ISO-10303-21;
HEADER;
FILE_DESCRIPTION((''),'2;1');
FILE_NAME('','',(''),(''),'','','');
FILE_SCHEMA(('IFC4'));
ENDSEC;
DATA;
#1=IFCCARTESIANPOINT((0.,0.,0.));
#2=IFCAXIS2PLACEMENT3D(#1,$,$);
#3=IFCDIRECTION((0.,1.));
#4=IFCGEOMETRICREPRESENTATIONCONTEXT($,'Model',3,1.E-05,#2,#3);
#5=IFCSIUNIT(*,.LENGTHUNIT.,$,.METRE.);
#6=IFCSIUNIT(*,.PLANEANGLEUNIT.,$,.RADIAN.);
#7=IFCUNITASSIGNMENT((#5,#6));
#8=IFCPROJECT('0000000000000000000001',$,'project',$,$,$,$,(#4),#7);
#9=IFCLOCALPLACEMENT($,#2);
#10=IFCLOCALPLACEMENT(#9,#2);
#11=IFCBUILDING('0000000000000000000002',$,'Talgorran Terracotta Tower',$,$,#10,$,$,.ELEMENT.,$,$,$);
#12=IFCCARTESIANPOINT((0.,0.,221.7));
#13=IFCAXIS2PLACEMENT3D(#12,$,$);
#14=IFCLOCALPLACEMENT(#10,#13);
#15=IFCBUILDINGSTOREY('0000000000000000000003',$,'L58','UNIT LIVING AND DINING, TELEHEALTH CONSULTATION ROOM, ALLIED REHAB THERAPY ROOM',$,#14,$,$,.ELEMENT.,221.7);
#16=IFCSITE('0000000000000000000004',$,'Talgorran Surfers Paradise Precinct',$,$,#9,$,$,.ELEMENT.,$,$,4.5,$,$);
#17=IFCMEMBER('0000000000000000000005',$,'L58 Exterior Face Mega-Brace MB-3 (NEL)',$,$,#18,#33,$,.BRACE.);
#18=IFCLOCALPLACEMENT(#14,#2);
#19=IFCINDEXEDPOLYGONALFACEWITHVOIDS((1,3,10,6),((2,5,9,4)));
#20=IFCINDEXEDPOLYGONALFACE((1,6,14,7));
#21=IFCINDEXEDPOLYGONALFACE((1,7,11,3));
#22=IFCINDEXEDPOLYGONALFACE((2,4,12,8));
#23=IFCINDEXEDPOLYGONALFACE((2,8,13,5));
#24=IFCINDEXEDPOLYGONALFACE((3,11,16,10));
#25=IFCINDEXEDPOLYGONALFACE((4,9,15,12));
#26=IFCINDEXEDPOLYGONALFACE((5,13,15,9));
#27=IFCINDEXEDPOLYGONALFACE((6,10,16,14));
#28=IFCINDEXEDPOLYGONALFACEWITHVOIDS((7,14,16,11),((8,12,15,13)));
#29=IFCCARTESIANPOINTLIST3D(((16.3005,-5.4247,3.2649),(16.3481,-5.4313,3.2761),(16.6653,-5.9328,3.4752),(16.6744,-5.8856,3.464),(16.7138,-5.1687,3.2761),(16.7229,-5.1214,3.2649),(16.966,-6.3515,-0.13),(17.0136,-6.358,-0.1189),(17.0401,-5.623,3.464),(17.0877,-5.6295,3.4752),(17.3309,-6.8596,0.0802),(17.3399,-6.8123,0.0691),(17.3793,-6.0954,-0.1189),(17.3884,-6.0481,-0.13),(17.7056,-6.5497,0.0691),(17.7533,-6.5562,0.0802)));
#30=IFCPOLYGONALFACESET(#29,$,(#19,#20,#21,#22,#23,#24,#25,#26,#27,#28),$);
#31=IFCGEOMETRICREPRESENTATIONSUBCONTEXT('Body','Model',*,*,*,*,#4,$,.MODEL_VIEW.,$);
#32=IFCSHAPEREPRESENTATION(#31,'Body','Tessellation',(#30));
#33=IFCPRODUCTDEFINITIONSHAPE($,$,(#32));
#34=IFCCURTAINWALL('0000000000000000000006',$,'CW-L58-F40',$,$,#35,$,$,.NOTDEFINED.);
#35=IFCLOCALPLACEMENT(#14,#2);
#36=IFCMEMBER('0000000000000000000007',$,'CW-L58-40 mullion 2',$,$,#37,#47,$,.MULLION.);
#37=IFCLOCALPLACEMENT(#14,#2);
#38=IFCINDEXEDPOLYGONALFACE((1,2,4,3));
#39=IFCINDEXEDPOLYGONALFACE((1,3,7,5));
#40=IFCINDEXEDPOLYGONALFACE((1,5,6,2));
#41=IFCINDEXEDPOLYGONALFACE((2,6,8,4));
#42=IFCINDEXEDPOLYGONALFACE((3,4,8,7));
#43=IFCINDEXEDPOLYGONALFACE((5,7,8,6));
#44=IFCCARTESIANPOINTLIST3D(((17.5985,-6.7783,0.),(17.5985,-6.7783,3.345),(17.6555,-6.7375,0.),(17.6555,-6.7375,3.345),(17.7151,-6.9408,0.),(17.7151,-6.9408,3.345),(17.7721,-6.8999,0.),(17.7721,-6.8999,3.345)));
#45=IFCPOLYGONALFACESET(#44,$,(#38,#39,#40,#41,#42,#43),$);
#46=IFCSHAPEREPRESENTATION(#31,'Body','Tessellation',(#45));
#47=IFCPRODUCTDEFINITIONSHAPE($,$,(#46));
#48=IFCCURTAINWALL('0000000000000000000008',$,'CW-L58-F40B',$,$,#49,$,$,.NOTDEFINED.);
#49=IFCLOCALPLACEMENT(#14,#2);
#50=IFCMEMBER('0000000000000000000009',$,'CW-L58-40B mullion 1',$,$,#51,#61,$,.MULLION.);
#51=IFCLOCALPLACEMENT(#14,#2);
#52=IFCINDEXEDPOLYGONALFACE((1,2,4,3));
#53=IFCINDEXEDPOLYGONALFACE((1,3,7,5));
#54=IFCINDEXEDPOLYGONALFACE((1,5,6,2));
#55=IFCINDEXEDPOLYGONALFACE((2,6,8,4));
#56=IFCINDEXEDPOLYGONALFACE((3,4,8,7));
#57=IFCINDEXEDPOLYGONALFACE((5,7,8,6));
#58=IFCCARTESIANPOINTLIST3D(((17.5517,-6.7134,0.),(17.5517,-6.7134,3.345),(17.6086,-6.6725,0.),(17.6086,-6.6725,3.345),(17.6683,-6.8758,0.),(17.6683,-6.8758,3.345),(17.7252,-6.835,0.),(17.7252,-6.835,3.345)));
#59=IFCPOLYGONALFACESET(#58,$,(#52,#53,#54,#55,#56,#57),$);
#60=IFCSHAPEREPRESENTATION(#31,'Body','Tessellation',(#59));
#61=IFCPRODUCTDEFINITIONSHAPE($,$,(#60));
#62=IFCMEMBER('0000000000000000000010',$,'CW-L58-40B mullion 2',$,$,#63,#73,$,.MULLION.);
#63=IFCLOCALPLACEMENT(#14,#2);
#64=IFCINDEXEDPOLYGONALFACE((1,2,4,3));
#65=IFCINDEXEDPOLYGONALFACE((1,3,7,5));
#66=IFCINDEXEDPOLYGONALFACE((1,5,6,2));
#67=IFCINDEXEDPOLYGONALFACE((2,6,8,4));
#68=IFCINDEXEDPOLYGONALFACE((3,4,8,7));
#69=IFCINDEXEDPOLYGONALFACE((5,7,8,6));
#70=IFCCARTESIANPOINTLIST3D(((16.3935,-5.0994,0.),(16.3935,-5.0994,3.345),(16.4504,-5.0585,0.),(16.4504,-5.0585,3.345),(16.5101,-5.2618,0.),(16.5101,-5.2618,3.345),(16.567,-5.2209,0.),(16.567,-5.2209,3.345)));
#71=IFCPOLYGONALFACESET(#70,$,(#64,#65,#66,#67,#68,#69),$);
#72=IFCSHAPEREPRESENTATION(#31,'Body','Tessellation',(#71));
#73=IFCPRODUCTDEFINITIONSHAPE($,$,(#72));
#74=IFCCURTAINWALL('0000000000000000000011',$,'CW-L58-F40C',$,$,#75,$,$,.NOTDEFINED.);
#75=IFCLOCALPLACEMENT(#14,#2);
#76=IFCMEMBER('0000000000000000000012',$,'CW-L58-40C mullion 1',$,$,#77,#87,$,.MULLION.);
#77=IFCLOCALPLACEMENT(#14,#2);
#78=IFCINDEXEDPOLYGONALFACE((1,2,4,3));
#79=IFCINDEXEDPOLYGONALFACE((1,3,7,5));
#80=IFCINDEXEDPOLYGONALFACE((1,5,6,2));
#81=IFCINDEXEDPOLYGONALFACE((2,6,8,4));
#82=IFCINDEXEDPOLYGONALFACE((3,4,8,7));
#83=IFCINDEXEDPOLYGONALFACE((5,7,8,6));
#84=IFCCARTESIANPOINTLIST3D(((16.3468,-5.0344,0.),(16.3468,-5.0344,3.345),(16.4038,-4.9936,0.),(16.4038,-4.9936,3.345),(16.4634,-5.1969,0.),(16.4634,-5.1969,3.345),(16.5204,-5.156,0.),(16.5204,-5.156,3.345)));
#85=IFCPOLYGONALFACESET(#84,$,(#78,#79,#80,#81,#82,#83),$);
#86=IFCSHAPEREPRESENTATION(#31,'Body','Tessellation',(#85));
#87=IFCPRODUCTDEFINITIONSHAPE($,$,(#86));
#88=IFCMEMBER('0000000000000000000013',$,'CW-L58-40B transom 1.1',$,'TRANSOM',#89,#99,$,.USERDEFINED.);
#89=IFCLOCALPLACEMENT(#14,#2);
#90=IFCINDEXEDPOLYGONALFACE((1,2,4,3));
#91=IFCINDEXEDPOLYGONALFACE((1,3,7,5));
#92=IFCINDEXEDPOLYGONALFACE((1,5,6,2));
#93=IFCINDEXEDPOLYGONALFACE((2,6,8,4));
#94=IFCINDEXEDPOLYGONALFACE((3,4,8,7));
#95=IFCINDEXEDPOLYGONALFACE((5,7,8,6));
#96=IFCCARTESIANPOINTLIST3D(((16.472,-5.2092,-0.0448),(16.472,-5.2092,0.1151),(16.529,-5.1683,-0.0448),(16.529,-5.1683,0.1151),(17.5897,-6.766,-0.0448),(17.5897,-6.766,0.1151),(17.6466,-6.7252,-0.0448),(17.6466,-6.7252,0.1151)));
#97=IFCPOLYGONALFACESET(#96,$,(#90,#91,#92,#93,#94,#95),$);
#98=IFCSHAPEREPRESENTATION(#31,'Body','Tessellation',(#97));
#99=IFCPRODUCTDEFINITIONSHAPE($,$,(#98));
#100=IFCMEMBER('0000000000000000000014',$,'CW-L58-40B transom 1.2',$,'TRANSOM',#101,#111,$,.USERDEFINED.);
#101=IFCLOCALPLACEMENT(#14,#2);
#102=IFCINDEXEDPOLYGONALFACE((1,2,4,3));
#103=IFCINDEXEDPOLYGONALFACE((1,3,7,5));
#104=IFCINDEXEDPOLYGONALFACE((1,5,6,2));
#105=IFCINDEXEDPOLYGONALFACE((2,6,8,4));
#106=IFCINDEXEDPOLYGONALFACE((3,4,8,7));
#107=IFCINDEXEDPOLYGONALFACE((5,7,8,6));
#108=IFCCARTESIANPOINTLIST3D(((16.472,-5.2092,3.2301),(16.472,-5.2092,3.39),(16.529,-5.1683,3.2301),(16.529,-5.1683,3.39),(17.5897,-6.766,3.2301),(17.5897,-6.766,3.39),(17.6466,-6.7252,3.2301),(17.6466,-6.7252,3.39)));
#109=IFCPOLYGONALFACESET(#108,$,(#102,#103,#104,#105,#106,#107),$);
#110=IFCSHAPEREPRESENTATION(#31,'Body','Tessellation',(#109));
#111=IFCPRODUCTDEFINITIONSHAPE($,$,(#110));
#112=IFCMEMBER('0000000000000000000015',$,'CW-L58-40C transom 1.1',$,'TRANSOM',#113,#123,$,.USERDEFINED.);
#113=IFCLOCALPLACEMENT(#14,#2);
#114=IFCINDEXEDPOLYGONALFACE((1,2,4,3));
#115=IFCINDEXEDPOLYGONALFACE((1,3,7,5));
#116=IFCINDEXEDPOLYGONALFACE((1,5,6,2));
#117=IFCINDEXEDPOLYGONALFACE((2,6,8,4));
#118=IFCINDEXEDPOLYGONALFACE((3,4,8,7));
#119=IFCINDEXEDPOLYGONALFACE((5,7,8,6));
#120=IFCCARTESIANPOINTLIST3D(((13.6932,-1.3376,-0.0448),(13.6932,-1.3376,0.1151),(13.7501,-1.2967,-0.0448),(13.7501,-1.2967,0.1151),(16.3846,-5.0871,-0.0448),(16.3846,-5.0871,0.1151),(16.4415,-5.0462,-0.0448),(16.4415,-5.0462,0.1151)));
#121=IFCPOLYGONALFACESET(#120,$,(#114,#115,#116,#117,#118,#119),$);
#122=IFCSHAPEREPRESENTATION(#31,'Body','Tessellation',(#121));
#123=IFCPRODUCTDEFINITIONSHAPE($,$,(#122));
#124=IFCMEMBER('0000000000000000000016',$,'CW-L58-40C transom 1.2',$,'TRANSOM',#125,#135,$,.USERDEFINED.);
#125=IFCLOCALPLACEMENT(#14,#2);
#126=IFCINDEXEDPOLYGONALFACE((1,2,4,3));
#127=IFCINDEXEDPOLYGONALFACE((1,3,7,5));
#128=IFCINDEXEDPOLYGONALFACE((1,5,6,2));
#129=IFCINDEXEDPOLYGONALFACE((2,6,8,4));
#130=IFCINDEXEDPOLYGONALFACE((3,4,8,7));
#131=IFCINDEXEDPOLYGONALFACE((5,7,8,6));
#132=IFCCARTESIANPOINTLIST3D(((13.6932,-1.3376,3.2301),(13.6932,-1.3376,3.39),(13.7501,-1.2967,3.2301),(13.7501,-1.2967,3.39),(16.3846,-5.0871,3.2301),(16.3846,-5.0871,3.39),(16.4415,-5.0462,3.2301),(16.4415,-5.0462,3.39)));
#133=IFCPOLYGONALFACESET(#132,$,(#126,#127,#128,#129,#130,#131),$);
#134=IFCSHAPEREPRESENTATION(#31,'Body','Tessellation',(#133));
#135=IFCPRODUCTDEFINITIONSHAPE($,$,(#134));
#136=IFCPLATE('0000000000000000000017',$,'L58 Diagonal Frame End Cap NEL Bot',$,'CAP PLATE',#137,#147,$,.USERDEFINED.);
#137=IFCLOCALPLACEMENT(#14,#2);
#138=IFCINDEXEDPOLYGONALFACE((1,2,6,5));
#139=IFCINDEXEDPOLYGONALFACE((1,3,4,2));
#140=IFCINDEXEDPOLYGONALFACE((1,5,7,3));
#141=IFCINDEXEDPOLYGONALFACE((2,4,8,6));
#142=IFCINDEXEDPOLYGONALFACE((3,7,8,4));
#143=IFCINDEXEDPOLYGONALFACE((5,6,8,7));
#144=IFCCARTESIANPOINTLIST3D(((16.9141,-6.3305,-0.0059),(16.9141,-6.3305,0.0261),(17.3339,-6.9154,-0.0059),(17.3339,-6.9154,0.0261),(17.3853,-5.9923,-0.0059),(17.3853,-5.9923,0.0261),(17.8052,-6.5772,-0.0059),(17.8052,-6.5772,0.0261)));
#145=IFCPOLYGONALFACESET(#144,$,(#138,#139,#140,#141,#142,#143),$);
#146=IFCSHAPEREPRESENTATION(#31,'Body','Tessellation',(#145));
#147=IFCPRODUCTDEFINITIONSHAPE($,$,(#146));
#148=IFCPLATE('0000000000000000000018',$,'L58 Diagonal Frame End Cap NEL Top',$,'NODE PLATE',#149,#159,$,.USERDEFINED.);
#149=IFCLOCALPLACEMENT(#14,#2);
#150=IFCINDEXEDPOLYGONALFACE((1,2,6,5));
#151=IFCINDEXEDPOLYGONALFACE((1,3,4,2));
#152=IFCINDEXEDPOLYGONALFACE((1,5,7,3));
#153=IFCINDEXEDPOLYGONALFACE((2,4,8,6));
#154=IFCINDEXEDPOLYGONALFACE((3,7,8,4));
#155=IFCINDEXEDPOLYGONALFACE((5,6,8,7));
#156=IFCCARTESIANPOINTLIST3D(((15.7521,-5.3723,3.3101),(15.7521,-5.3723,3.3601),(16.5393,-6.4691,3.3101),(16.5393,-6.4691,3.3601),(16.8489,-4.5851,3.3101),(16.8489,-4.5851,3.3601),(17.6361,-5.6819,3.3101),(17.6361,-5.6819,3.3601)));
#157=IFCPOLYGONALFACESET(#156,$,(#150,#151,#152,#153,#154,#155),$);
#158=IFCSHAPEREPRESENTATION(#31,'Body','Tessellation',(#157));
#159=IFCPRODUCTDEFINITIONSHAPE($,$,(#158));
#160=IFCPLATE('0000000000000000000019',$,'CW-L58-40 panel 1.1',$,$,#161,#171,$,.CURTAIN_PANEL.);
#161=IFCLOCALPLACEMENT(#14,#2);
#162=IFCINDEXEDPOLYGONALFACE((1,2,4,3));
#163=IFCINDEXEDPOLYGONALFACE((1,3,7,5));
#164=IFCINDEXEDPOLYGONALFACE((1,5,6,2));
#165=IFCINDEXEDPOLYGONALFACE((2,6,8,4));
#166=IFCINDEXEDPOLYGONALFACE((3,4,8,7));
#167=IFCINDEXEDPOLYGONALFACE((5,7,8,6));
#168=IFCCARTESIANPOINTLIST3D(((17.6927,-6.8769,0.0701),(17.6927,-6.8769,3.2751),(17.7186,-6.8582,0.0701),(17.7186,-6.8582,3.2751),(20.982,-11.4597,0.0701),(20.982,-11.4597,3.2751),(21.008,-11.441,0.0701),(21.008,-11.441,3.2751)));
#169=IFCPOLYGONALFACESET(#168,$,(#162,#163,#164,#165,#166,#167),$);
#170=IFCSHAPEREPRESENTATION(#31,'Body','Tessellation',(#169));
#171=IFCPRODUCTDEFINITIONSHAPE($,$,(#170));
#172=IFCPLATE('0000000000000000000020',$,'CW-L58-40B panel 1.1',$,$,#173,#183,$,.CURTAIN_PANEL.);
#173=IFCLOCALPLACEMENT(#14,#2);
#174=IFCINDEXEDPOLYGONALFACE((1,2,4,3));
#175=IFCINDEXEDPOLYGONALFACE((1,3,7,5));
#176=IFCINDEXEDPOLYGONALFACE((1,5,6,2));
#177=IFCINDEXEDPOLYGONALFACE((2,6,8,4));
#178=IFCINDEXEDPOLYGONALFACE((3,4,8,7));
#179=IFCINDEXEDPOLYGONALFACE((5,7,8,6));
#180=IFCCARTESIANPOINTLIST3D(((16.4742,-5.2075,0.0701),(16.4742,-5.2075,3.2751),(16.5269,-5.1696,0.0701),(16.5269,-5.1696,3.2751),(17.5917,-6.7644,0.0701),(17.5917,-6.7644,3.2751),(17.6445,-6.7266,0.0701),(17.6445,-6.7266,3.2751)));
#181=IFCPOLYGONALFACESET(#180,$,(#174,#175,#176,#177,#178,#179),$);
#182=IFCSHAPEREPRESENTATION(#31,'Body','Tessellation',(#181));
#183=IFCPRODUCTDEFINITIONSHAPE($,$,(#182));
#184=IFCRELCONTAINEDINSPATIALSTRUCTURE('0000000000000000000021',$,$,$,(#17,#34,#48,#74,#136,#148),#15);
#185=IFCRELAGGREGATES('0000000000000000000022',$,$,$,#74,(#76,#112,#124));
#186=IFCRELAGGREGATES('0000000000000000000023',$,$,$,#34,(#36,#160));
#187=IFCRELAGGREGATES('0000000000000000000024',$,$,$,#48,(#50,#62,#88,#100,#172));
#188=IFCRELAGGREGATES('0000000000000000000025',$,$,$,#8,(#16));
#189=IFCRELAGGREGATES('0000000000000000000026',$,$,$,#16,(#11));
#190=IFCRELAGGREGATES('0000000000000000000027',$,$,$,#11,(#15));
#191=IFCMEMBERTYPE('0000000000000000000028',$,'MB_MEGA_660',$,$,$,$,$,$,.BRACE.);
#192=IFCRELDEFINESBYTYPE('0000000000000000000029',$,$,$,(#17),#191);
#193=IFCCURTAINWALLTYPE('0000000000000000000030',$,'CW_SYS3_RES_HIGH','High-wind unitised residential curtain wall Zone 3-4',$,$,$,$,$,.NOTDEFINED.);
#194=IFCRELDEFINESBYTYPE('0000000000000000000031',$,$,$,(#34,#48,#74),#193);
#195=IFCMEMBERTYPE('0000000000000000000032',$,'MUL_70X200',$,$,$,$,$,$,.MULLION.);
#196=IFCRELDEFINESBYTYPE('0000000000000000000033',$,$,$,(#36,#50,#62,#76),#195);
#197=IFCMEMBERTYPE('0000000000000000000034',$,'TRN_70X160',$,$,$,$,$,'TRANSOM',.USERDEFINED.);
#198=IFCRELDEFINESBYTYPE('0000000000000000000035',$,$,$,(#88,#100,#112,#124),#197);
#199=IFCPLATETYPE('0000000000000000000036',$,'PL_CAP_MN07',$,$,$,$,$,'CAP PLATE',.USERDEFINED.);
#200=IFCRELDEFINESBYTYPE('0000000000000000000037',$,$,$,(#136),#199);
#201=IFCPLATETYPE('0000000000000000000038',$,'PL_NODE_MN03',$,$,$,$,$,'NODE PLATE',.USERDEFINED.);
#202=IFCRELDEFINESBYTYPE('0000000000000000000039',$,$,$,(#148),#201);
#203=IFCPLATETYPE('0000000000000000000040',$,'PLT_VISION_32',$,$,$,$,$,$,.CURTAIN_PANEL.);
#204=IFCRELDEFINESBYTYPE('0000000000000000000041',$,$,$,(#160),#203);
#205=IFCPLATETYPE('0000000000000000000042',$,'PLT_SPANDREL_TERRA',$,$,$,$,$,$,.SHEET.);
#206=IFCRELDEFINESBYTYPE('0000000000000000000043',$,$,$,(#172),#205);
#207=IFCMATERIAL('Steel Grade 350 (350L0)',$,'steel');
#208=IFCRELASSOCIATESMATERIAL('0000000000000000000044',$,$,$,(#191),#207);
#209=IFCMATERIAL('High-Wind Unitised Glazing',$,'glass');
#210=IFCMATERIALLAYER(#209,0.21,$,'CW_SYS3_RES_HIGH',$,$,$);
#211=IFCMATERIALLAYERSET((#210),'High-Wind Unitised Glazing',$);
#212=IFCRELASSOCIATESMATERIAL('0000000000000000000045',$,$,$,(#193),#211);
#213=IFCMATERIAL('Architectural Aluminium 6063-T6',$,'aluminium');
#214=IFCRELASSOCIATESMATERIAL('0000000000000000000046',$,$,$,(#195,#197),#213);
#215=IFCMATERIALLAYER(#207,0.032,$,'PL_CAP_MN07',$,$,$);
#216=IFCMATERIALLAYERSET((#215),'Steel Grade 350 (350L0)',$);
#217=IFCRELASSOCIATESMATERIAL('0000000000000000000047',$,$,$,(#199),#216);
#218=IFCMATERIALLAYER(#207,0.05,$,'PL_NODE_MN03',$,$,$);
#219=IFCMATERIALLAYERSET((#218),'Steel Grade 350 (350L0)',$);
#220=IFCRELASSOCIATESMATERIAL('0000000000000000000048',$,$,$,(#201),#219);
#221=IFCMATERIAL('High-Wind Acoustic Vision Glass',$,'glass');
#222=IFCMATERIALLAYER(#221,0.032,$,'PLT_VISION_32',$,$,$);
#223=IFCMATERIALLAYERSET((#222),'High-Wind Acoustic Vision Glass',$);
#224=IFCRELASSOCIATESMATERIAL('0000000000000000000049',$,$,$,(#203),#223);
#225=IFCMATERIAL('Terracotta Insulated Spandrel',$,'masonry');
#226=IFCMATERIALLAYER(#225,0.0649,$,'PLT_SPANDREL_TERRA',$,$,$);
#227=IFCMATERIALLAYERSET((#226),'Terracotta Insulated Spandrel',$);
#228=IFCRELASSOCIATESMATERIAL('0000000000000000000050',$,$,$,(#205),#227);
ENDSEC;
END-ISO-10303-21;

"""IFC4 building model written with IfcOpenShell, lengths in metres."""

from ifc_helpers import new_model, si_unit, direction, frame, origin, origin_2d, place, context, subcontext, project, spatial, rectangle, hollow_rectangle, extrude, source, transform, mapped, material, layer, layer_set, material_profile, profile_set, type_object, type_shapes, element, aggregate, save


model = new_model("IFC4")

# Units and contexts
model_context = context("Model", 3, precision=1e-05, world=origin(), true_north=direction((0.0, 1.0)))
body_context = subcontext(model_context, "Body", "Model", "MODEL_VIEW")
ifc_project = project(units=[si_unit("LENGTHUNIT", "METRE"), si_unit("PLANEANGLEUNIT", "RADIAN")], contexts=[model_context])

# Site, building, storey
site_placement = place(None, origin())
site = spatial("IfcSite", under=ifc_project, at=site_placement, Name="Talgorran Surfers Paradise Precinct", CompositionType="ELEMENT", RefElevation=4.5)
building_placement = place(site_placement, origin())
building = spatial("IfcBuilding", under=site, at=building_placement, Name="Talgorran Terracotta Tower", CompositionType="ELEMENT")
storey_placement = place(building_placement, frame((0.0, 0.0, 221.7)))
storey = spatial("IfcBuildingStorey", under=building, at=storey_placement, Name="L58", Description="UNIT LIVING AND DINING, TELEHEALTH CONSULTATION ROOM, ALLIED REHAB THERAPY ROOM", CompositionType="ELEMENT", Elevation=221.7)

# Member
ifc_material_1 = material(Name="Steel Grade 350 (350L0)", Category="steel")
ifc_material_profile_1 = material_profile(ifc_material_1, hollow_rectangle(XDim=0.52, YDim=0.6599, WallThickness=0.0349, at=origin_2d()), Name="WBOX660X520X35")
ifc_profile_set_1 = profile_set([ifc_material_profile_1], Name="Steel Grade 350 (350L0)")
member_type_1 = type_object("IfcMemberType", Name="MB_MEGA_660", PredefinedType="BRACE", material=ifc_profile_set_1)
member_1_placement = place(storey_placement, frame((17.3596, -6.4539, -0.0249), z_axis=(-0.185818, 0.258754, 0.947902), x_axis=(-0.812256, -0.583301, 0.0)))
element("IfcMember", 1, at=member_1_placement, inside=storey, type_object=member_type_1, Name="L58 Exterior Face Mega-Brace MB-3 (NEL)", PredefinedType="BRACE", context=body_context, shape_type="SweptSolid", body=[
    extrude(hollow_rectangle(XDim=0.52, YDim=0.6599, WallThickness=0.0349, at=origin_2d()), origin(), (0.0, 0.0, 1.0), 3.5815),
])

# Curtain wall, member
ifc_material_2 = material(Name="High-Wind Unitised Glazing", Category="glass")
ifc_layer_1 = layer(ifc_material_2, 0.21, Name="CW_SYS3_RES_HIGH")
ifc_layer_set_1 = layer_set([ifc_layer_1], Name="High-Wind Unitised Glazing")
curtain_wall_type = type_object("IfcCurtainWallType", Name="CW_SYS3_RES_HIGH", Description="High-wind unitised residential curtain wall Zone 3-4", PredefinedType="NOTDEFINED", material=ifc_layer_set_1)
curtain_wall_1_placement = place(storey_placement, origin())
curtain_wall_1 = element("IfcCurtainWall", 2, at=curtain_wall_1_placement, inside=storey, type_object=curtain_wall_type, Name="CW-L58-F40", PredefinedType="NOTDEFINED")
ifc_material_3 = material(Name="Architectural Aluminium 6063-T6", Category="aluminium")
ifc_material_profile_2 = material_profile(ifc_material_3, rectangle(XDim=0.0701, YDim=0.2, at=origin_2d()), Name="CWM70X200")
ifc_profile_set_2 = profile_set([ifc_material_profile_2], Name="Architectural Aluminium 6063-T6")
member_type_2 = type_object("IfcMemberType", Name="MUL_70X200", PredefinedType="MULLION", material=ifc_profile_set_2)
member_2_placement = place(storey_placement, frame((17.6853, -6.8391, 0.0), z_axis=(0.0, 0.0, 1.0), x_axis=(-0.812393, -0.58311, 0.0)))
member_2 = element("IfcMember", 3, at=member_2_placement, type_object=member_type_2, Name="CW-L58-40 mullion 2", PredefinedType="MULLION", context=body_context, shape_type="SweptSolid", body=[
    extrude(rectangle(XDim=0.0701, YDim=0.2, at=origin_2d()), origin(), (0.0, 0.0, 1.0), 3.345),
])

# Curtain wall, members
curtain_wall_2_placement = place(storey_placement, origin())
curtain_wall_2 = element("IfcCurtainWall", 4, at=curtain_wall_2_placement, inside=storey, type_object=curtain_wall_type, Name="CW-L58-F40B", PredefinedType="NOTDEFINED")
member_3_placement = place(storey_placement, frame((17.6384, -6.7742, 0.0), z_axis=(0.0, 0.0, 1.0), x_axis=(-0.812388, -0.583118, 0.0)))
member_3 = element("IfcMember", 5, at=member_3_placement, type_object=member_type_2, Name="CW-L58-40B mullion 1", PredefinedType="MULLION", context=body_context, shape_type="SweptSolid", body=[
    extrude(rectangle(XDim=0.0701, YDim=0.2, at=origin_2d()), origin(), (0.0, 0.0, 1.0), 3.345),
])
member_4_placement = place(storey_placement, frame((16.4802, -5.1602, 0.0), z_axis=(0.0, 0.0, 1.0), x_axis=(-0.812388, -0.583118, 0.0)))
member_4 = element("IfcMember", 6, at=member_4_placement, type_object=member_type_2, Name="CW-L58-40B mullion 2", PredefinedType="MULLION", context=body_context, shape_type="SweptSolid", body=[
    extrude(rectangle(XDim=0.0701, YDim=0.2, at=origin_2d()), origin(), (0.0, 0.0, 1.0), 3.345),
])

# Curtain wall, member
curtain_wall_3_placement = place(storey_placement, origin())
curtain_wall_3 = element("IfcCurtainWall", 7, at=curtain_wall_3_placement, inside=storey, type_object=curtain_wall_type, Name="CW-L58-F40C", PredefinedType="NOTDEFINED")
member_5_placement = place(storey_placement, frame((16.4336, -5.0952, 0.0), z_axis=(0.0, 0.0, 1.0), x_axis=(-0.812386, -0.58312, 0.0)))
member_5 = element("IfcMember", 8, at=member_5_placement, type_object=member_type_2, Name="CW-L58-40C mullion 1", PredefinedType="MULLION", context=body_context, shape_type="SweptSolid", body=[
    extrude(rectangle(XDim=0.0701, YDim=0.2, at=origin_2d()), origin(), (0.0, 0.0, 1.0), 3.345),
])

# Members
ifc_material_profile_3 = material_profile(ifc_material_3, rectangle(XDim=0.0701, YDim=0.1599, at=origin_2d()), Name="CWT70X160")
ifc_profile_set_3 = profile_set([ifc_material_profile_3], Name="Architectural Aluminium 6063-T6")
member_type_3 = type_object("IfcMemberType", Name="TRN_70X160", ElementType="TRANSOM", PredefinedType="USERDEFINED", material=ifc_profile_set_3)
member_6_placement = place(storey_placement, frame((17.6182, -6.7456, 0.0352), z_axis=(-0.583177, 0.812345, 0.0), x_axis=(-0.812345, -0.583177, 0.0)))
member_6 = element("IfcMember", 9, at=member_6_placement, type_object=member_type_3, Name="CW-L58-40B transom 1.1", ObjectType="TRANSOM", PredefinedType="USERDEFINED", context=body_context, shape_type="SweptSolid", body=[
    extrude(rectangle(XDim=0.0701, YDim=0.1599, at=origin_2d()), origin(), (0.0, 0.0, 1.0), 1.9165),
])
member_7_placement = place(storey_placement, frame((17.6182, -6.7456, 3.3101), z_axis=(-0.583177, 0.812345, 0.0), x_axis=(-0.812345, -0.583177, 0.0)))
member_7 = element("IfcMember", 10, at=member_7_placement, type_object=member_type_3, Name="CW-L58-40B transom 1.2", ObjectType="TRANSOM", PredefinedType="USERDEFINED", context=body_context, shape_type="SweptSolid", body=[
    extrude(rectangle(XDim=0.0701, YDim=0.1599, at=origin_2d()), origin(), (0.0, 0.0, 1.0), 1.9165),
])
member_8_placement = place(storey_placement, frame((16.4131, -5.0667, 0.0352), z_axis=(-0.583128, 0.81238, 0.0), x_axis=(-0.81238, -0.583128, 0.0)))
member_8 = element("IfcMember", 11, at=member_8_placement, type_object=member_type_3, Name="CW-L58-40C transom 1.1", ObjectType="TRANSOM", PredefinedType="USERDEFINED", context=body_context, shape_type="SweptSolid", body=[
    extrude(rectangle(XDim=0.0701, YDim=0.1599, at=origin_2d()), origin(), (0.0, 0.0, 1.0), 4.6155),
])
member_9_placement = place(storey_placement, frame((16.4131, -5.0667, 3.3101), z_axis=(-0.583128, 0.81238, 0.0), x_axis=(-0.81238, -0.583128, 0.0)))
member_9 = element("IfcMember", 12, at=member_9_placement, type_object=member_type_3, Name="CW-L58-40C transom 1.2", ObjectType="TRANSOM", PredefinedType="USERDEFINED", context=body_context, shape_type="SweptSolid", body=[
    extrude(rectangle(XDim=0.0701, YDim=0.1599, at=origin_2d()), origin(), (0.0, 0.0, 1.0), 4.6155),
])
aggregate(curtain_wall_3, [member_5, member_8, member_9])

# Plates
ifc_layer_2 = layer(ifc_material_1, 0.032, Name="PL_CAP_MN07")
ifc_layer_set_2 = layer_set([ifc_layer_2], Name="Steel Grade 350 (350L0)")
plate_type_1 = type_object("IfcPlateType", Name="PL_CAP_MN07", ElementType="CAP PLATE", PredefinedType="USERDEFINED", material=ifc_layer_set_2)
plate_1_placement = place(storey_placement, frame((17.3596, -6.4539, -0.0059), z_axis=(0.0, 0.0, 1.0), x_axis=(-0.583116, 0.812389, 0.0)))
element("IfcPlate", 13, at=plate_1_placement, inside=storey, type_object=plate_type_1, Name="L58 Diagonal Frame End Cap NEL Bot", ObjectType="CAP PLATE", PredefinedType="USERDEFINED", context=body_context, shape_type="SweptSolid", body=[
    extrude(rectangle(XDim=0.72, YDim=0.5801, at=origin_2d()), origin(), (0.0, 0.0, 1.0), 0.032),
])
ifc_layer_3 = layer(ifc_material_1, 0.05, Name="PL_NODE_MN03")
ifc_layer_set_3 = layer_set([ifc_layer_3], Name="Steel Grade 350 (350L0)")
plate_type_2 = type_object("IfcPlateType", Name="PL_NODE_MN03", ElementType="NODE PLATE", PredefinedType="USERDEFINED", material=ifc_layer_set_3)
plate_2_placement = place(storey_placement, frame((16.6941, -5.5271, 3.3101), z_axis=(0.0, 0.0, 1.0), x_axis=(-0.583116, 0.812389, 0.0)))
element("IfcPlate", 14, at=plate_2_placement, inside=storey, type_object=plate_type_2, Name="L58 Diagonal Frame End Cap NEL Top", ObjectType="NODE PLATE", PredefinedType="USERDEFINED", context=body_context, shape_type="SweptSolid", body=[
    extrude(rectangle(XDim=1.3501, YDim=1.3501, at=origin_2d()), origin(), (0.0, 0.0, 1.0), 0.05),
])

# Plates
ifc_material_4 = material(Name="High-Wind Acoustic Vision Glass", Category="glass")
ifc_layer_4 = layer(ifc_material_4, 0.032, Name="PLT_VISION_32")
ifc_layer_set_4 = layer_set([ifc_layer_4], Name="High-Wind Acoustic Vision Glass")
plate_type_3 = type_object("IfcPlateType", Name="PLT_VISION_32", PredefinedType="CURTAIN_PANEL", material=ifc_layer_set_4)
shared_shape_1 = source(origin(), body_context, "Body", "SweptSolid", [
    extrude(rectangle(XDim=5.6411, YDim=0.032, at=origin_2d()), origin(), (0.0, 0.0, 1.0), 3.2051),
])
type_shapes(plate_type_3, [shared_shape_1])
plate_3_placement = place(storey_placement, frame((19.3503, -9.1589, 0.0701), z_axis=(0.0, 0.0, 1.0), x_axis=(-0.58311, 0.812393, 0.0)))
plate_3 = element("IfcPlate", 15, at=plate_3_placement, type_object=plate_type_3, Name="CW-L58-40 panel 1.1", PredefinedType="CURTAIN_PANEL", context=body_context, shape_type="MappedRepresentation", body=[
    mapped(shared_shape_1, transform((0.0, 0.0, 0.0), scale=1.0)),
])
aggregate(curtain_wall_1, [member_2, plate_3])
ifc_material_5 = material(Name="Terracotta Insulated Spandrel", Category="masonry")
ifc_layer_5 = layer(ifc_material_5, 0.0649, Name="PLT_SPANDREL_TERRA")
ifc_layer_set_5 = layer_set([ifc_layer_5], Name="Terracotta Insulated Spandrel")
plate_type_4 = type_object("IfcPlateType", Name="PLT_SPANDREL_TERRA", PredefinedType="SHEET", material=ifc_layer_set_5)
shared_shape_2 = source(origin(), body_context, "Body", "SweptSolid", [
    extrude(rectangle(XDim=1.9165, YDim=0.0649, at=origin_2d()), origin(), (0.0, 0.0, 1.0), 3.2051),
])
type_shapes(plate_type_4, [shared_shape_2])
plate_4_placement = place(storey_placement, frame((17.0593, -5.967, 0.0701), z_axis=(0.0, 0.0, 1.0), x_axis=(-0.583118, 0.812388, 0.0)))
plate_4 = element("IfcPlate", 16, at=plate_4_placement, type_object=plate_type_4, Name="CW-L58-40B panel 1.1", PredefinedType="CURTAIN_PANEL", context=body_context, shape_type="MappedRepresentation", body=[
    mapped(shared_shape_2, transform((0.0, 0.0, 0.0), scale=1.0)),
])
aggregate(curtain_wall_2, [member_3, member_4, member_6, member_7, plate_4])

save(model, "model.ifc")
